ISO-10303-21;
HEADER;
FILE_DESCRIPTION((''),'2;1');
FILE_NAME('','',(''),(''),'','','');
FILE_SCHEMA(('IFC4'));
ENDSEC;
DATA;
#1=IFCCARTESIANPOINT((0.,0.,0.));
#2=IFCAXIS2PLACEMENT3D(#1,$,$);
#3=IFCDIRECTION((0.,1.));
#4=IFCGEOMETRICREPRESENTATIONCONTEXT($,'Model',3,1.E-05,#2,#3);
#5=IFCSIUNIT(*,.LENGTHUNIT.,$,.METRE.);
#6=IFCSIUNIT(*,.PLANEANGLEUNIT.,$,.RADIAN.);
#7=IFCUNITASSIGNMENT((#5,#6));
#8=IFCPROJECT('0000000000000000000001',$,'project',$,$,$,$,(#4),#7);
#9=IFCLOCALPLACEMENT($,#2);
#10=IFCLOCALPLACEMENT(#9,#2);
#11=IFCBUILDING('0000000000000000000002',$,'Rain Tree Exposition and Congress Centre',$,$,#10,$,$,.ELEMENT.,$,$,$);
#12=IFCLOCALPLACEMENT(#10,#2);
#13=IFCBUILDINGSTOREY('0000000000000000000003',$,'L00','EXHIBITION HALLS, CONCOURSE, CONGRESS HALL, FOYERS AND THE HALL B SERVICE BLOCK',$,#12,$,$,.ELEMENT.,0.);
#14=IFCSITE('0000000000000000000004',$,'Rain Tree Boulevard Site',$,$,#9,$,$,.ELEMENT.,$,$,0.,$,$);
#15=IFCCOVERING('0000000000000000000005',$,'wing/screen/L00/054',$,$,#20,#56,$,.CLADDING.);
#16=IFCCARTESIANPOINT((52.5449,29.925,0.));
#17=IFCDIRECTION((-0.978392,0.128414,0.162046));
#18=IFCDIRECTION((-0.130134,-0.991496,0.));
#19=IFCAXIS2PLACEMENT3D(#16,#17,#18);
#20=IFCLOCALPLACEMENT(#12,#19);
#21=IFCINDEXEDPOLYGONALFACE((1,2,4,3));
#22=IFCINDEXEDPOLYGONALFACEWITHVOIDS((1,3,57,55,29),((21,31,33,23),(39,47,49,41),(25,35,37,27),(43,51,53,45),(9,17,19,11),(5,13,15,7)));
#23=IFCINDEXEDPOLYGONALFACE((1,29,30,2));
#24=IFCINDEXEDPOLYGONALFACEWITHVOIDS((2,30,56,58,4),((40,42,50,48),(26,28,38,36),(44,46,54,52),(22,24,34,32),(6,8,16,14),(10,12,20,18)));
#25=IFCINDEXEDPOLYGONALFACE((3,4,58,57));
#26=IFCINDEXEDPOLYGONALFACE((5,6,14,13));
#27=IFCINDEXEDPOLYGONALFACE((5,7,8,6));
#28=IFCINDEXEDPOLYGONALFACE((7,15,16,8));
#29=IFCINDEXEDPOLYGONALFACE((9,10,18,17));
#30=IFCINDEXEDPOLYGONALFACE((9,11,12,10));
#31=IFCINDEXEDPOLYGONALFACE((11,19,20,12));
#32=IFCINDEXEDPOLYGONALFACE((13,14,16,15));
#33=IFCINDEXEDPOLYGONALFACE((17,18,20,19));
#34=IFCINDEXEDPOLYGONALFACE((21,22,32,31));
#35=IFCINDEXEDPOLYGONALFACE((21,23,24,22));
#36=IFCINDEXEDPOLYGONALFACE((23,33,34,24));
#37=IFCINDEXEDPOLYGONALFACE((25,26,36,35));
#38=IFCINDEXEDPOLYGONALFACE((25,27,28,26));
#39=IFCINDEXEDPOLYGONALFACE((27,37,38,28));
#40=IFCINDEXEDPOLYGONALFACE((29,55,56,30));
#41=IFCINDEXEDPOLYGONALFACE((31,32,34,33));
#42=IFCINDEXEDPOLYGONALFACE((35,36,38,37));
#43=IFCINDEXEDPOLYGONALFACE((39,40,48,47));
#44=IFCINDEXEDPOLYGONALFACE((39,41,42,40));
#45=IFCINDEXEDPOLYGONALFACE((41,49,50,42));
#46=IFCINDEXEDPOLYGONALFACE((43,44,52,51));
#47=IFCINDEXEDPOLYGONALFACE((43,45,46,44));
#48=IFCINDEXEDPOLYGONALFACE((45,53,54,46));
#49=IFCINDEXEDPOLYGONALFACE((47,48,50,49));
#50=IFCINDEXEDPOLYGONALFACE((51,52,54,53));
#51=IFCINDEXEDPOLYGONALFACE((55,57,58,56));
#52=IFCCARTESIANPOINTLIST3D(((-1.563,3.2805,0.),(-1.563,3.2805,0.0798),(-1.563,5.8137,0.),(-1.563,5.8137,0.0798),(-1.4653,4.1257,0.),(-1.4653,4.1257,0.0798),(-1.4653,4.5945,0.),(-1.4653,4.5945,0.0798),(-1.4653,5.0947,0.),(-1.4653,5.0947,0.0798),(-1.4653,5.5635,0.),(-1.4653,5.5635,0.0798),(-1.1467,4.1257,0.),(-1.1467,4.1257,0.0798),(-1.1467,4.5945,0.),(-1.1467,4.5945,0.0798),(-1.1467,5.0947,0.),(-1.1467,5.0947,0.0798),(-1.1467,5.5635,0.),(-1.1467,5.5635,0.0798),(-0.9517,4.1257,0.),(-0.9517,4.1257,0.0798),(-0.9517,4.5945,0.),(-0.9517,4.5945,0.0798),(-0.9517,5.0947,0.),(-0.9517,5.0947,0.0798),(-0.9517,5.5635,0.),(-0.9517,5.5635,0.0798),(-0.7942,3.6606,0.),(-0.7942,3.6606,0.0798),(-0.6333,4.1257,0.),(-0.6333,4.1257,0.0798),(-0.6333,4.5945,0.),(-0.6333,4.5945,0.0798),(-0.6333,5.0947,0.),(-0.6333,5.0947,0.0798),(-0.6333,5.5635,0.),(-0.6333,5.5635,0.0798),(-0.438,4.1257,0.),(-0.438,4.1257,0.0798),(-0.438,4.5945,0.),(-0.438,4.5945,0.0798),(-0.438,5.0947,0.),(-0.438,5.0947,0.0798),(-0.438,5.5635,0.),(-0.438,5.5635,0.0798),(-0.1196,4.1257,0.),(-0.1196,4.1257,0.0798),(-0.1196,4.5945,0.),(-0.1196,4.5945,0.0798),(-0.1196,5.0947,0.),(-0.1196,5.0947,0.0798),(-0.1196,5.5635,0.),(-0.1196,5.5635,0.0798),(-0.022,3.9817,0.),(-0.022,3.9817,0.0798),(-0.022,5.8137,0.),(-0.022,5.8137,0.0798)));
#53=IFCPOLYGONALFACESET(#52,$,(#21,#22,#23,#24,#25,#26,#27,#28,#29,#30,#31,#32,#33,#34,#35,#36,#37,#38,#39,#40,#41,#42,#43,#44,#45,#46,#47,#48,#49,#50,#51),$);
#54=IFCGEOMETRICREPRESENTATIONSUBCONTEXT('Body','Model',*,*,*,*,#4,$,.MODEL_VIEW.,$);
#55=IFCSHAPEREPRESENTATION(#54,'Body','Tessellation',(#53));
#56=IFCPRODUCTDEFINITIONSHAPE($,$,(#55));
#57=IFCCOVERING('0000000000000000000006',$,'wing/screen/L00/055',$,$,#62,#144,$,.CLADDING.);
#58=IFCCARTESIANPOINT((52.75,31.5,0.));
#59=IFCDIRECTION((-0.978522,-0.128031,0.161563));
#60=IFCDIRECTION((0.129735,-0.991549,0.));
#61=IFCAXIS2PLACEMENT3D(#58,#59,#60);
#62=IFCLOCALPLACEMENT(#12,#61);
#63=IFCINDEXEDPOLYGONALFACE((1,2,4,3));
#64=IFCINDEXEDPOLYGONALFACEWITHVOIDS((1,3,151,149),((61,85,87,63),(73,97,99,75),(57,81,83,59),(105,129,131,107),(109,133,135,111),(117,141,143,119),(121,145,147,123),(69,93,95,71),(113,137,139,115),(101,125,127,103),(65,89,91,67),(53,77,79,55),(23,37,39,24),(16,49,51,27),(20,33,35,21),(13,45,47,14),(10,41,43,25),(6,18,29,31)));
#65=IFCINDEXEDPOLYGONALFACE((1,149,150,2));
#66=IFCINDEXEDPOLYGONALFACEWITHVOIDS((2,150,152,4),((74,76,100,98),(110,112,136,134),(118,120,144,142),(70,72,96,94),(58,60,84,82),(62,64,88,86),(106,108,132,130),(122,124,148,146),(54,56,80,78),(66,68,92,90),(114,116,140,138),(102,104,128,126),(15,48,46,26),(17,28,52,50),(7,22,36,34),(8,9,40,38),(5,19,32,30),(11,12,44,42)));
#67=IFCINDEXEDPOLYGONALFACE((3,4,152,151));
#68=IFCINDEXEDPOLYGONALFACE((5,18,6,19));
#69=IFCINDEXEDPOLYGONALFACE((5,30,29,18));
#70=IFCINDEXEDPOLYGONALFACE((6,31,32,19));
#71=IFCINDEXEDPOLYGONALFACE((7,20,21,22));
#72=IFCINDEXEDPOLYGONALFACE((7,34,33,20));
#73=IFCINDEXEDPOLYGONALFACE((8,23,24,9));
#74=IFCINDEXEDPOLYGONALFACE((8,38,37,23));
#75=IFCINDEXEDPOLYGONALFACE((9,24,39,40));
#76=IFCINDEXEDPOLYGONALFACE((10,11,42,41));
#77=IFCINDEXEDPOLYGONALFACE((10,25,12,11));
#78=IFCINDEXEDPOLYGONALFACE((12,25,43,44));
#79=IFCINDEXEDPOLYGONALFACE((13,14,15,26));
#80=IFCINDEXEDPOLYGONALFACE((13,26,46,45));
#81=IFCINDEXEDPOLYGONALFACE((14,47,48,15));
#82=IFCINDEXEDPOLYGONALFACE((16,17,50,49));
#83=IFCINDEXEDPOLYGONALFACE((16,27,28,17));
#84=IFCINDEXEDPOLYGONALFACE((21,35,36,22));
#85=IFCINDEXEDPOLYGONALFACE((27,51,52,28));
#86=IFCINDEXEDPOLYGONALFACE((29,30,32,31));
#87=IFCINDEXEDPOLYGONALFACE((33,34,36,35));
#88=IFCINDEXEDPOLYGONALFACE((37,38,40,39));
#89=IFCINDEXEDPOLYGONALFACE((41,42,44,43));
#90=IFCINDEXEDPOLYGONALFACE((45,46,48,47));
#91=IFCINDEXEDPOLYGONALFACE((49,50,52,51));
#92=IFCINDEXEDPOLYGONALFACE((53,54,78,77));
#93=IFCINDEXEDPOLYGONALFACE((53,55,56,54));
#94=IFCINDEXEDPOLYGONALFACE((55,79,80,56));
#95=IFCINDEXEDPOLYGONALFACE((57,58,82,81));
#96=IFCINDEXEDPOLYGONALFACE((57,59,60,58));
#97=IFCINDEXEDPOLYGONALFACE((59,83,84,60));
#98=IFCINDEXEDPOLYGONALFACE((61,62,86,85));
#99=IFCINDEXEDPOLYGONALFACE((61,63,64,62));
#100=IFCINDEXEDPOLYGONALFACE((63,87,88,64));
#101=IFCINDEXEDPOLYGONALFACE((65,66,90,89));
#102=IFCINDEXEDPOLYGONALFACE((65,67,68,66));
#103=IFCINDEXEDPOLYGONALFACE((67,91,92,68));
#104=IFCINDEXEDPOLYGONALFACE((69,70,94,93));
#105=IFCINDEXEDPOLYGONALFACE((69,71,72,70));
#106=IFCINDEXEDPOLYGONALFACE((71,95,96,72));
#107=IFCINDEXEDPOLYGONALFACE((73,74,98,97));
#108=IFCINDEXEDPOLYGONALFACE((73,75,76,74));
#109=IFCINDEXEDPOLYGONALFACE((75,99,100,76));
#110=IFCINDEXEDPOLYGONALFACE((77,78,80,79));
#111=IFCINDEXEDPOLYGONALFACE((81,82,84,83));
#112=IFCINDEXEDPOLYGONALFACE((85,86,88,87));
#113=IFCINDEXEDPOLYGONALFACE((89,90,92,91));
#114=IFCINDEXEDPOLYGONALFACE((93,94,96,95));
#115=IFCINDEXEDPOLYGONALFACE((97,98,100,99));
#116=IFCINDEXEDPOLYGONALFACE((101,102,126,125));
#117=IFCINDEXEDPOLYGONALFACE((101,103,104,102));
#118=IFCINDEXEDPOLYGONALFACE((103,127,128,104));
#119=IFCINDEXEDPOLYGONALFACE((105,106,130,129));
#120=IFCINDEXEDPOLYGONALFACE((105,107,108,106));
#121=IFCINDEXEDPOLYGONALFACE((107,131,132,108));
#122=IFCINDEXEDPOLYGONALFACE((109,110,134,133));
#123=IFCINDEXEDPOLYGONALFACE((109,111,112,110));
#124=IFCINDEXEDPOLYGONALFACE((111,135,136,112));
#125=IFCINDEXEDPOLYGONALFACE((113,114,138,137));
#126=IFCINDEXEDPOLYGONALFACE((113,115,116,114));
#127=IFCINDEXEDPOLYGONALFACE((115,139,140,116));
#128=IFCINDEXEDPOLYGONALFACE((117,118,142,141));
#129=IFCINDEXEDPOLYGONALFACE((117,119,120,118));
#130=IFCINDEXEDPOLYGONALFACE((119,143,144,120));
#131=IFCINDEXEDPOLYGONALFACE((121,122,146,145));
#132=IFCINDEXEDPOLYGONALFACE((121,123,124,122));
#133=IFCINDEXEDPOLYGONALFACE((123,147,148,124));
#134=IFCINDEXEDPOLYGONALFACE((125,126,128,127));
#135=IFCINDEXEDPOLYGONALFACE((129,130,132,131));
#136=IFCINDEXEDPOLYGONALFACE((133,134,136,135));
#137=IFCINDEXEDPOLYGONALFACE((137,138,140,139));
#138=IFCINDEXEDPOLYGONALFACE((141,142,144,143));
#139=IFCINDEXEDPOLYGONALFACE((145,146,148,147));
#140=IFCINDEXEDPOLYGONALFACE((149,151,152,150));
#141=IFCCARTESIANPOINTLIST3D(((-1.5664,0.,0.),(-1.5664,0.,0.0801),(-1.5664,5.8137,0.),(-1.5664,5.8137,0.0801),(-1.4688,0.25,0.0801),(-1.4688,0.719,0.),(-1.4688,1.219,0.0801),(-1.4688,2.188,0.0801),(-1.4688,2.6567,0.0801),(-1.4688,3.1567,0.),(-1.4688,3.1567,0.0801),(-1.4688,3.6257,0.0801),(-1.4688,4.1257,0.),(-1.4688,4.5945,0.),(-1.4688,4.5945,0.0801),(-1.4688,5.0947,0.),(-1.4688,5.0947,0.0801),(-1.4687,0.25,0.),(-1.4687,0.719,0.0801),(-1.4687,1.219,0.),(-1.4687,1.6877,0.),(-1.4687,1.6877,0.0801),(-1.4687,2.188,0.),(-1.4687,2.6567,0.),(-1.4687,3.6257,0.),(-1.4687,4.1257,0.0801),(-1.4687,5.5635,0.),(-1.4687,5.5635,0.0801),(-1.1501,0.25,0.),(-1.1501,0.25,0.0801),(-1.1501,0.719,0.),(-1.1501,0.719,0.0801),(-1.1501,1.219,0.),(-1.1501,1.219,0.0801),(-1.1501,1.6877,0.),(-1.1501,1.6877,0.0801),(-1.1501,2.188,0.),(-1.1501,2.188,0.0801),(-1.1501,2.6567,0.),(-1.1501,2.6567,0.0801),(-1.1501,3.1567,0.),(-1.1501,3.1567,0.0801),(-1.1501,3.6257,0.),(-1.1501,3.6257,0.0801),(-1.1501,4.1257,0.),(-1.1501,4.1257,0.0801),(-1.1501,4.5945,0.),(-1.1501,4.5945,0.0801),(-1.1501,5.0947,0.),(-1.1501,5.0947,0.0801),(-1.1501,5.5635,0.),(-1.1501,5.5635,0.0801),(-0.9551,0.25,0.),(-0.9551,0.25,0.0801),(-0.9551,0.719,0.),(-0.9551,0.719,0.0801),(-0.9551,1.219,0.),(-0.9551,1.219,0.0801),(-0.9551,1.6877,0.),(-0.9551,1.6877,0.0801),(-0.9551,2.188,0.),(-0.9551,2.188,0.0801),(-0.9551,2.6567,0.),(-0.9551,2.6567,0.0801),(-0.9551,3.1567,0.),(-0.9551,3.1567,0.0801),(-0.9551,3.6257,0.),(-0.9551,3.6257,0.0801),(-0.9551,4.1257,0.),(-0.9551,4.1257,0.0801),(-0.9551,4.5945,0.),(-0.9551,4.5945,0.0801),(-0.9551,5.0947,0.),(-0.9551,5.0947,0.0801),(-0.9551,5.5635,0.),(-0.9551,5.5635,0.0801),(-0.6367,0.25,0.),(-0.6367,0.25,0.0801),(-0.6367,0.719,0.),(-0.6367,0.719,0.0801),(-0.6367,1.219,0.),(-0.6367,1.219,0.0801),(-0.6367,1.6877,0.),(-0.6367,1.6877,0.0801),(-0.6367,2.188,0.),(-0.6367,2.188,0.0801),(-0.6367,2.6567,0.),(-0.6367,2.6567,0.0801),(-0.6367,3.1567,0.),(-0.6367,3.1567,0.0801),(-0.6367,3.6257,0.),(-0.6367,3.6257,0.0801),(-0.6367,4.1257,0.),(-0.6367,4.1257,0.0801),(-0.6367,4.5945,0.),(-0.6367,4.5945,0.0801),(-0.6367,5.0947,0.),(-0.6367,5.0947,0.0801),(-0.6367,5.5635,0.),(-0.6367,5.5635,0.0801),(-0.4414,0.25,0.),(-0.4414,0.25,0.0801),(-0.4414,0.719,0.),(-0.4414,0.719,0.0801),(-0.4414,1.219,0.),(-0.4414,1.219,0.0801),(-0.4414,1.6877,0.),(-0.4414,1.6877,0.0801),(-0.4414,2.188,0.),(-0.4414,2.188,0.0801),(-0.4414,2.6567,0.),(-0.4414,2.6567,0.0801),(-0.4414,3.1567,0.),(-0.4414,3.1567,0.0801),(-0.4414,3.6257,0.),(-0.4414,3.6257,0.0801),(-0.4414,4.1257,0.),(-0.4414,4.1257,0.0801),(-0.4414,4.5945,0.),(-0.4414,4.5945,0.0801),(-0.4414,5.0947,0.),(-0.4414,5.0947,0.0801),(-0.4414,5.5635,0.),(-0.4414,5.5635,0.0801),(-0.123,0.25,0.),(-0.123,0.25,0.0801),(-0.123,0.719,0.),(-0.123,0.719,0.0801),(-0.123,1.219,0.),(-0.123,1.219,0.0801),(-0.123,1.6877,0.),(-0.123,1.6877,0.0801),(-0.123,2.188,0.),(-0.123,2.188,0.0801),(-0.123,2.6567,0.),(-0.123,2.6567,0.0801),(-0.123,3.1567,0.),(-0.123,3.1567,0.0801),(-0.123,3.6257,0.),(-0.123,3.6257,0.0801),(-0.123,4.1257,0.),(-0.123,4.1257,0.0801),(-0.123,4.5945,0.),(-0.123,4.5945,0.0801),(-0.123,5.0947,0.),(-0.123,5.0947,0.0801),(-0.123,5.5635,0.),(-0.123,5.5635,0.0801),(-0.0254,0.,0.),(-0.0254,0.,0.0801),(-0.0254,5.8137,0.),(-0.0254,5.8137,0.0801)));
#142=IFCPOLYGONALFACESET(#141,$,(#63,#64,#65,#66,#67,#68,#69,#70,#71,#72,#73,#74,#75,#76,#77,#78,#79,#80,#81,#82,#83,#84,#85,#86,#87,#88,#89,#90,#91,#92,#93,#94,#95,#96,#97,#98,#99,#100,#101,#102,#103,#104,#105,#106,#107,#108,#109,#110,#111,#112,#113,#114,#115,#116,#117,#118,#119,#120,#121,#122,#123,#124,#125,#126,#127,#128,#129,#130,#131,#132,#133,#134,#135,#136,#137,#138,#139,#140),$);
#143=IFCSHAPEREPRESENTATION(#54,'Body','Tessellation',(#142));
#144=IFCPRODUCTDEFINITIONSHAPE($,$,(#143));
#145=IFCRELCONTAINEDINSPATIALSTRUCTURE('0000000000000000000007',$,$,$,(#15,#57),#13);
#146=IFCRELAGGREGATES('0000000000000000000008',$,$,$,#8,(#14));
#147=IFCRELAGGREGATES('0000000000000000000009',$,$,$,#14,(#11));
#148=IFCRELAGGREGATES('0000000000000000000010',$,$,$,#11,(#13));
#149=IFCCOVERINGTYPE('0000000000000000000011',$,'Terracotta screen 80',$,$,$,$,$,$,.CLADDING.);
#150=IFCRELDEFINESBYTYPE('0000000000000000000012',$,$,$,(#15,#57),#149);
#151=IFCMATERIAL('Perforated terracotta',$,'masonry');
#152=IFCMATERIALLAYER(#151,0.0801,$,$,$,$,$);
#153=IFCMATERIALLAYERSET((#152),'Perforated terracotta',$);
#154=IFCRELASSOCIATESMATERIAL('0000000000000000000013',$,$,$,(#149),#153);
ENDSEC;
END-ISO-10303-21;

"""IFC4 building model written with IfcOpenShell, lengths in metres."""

from ifc_helpers import new_model, si_unit, direction, frame, origin, place, context, subcontext, project, spatial, polyline, outline, extrude, material, layer, layer_set, type_object, element, save


model = new_model("IFC4")

# Units and contexts
model_context = context("Model", 3, precision=1e-05, world=origin(), true_north=direction((0.0, 1.0)))
body_context = subcontext(model_context, "Body", "Model", "MODEL_VIEW")
ifc_project = project(units=[si_unit("LENGTHUNIT", "METRE"), si_unit("PLANEANGLEUNIT", "RADIAN")], contexts=[model_context])

# Site, building, storey
site_placement = place(None, origin())
site = spatial("IfcSite", under=ifc_project, at=site_placement, Name="Rain Tree Boulevard Site", CompositionType="ELEMENT", RefElevation=0.0)
building_placement = place(site_placement, origin())
building = spatial("IfcBuilding", under=site, at=building_placement, Name="Rain Tree Exposition and Congress Centre", CompositionType="ELEMENT")
storey_placement = place(building_placement, origin())
storey = spatial("IfcBuildingStorey", under=building, at=storey_placement, Name="L00", Description="EXHIBITION HALLS, CONCOURSE, CONGRESS HALL, FOYERS AND THE HALL B SERVICE BLOCK", CompositionType="ELEMENT", Elevation=0.0)

# Coverings
ifc_material_1 = material(Name="Perforated terracotta", Category="masonry")
ifc_layer = layer(ifc_material_1, 0.0801)
ifc_layer_set = layer_set([ifc_layer], Name="Perforated terracotta")
covering_type = type_object("IfcCoveringType", Name="Terracotta screen 80", PredefinedType="CLADDING", material=ifc_layer_set)
covering_1_placement = place(storey_placement, frame((52.5449, 29.925, 0.0), z_axis=(-0.978392, 0.128414, 0.162046), x_axis=(-0.130134, -0.991496, 0.0)))
element("IfcCovering", 1, at=covering_1_placement, inside=storey, type_object=covering_type, Name="wing/screen/L00/054", PredefinedType="CLADDING", context=body_context, shape_type="SweptSolid", body=[
    extrude(outline(polyline([(-1.563, 5.8137), (-0.022, 5.8137), (-0.022, 3.9817), (-0.7942, 3.6606), (-1.563, 3.2805), (-1.563, 5.8137)]), holes=[polyline([(-0.1196, 4.1257), (-0.1196, 4.5945), (-0.438, 4.5945), (-0.438, 4.1257), (-0.1196, 4.1257)]), polyline([(-0.1196, 5.0947), (-0.1196, 5.5635), (-0.438, 5.5635), (-0.438, 5.0947), (-0.1196, 5.0947)]), polyline([(-0.6333, 4.1257), (-0.6333, 4.5945), (-0.9517, 4.5945), (-0.9517, 4.1257), (-0.6333, 4.1257)]), polyline([(-0.6333, 5.0947), (-0.6333, 5.5635), (-0.9517, 5.5635), (-0.9517, 5.0947), (-0.6333, 5.0947)]), polyline([(-1.1467, 4.1257), (-1.1467, 4.5945), (-1.4653, 4.5945), (-1.4653, 4.1257), (-1.1467, 4.1257)]), polyline([(-1.1467, 5.0947), (-1.1467, 5.5635), (-1.4653, 5.5635), (-1.4653, 5.0947), (-1.1467, 5.0947)])]), origin(), (0.0, 0.0, 1.0), 0.0798),
])
covering_2_placement = place(storey_placement, frame((52.75, 31.5, 0.0), z_axis=(-0.978522, -0.128031, 0.161563), x_axis=(0.129735, -0.991549, 0.0)))
element("IfcCovering", 2, at=covering_2_placement, inside=storey, type_object=covering_type, Name="wing/screen/L00/055", PredefinedType="CLADDING", context=body_context, shape_type="SweptSolid", body=[
    extrude(outline(polyline([(-0.0254, 5.8137), (-0.0254, 0.0), (-1.5664, 0.0), (-1.5664, 5.8137), (-0.0254, 5.8137)]), holes=[polyline([(-0.123, 0.25), (-0.123, 0.719), (-0.4414, 0.719), (-0.4414, 0.25), (-0.123, 0.25)]), polyline([(-0.123, 1.219), (-0.123, 1.6877), (-0.4414, 1.6877), (-0.4414, 1.219), (-0.123, 1.219)]), polyline([(-0.123, 2.188), (-0.123, 2.6567), (-0.4414, 2.6567), (-0.4414, 2.188), (-0.123, 2.188)]), polyline([(-0.123, 3.1567), (-0.123, 3.6257), (-0.4414, 3.6257), (-0.4414, 3.1567), (-0.123, 3.1567)]), polyline([(-0.123, 4.1257), (-0.123, 4.5945), (-0.4414, 4.5945), (-0.4414, 4.1257), (-0.123, 4.1257)]), polyline([(-0.123, 5.0947), (-0.123, 5.5635), (-0.4414, 5.5635), (-0.4414, 5.0947), (-0.123, 5.0947)]), polyline([(-0.6367, 0.25), (-0.6367, 0.719), (-0.9551, 0.719), (-0.9551, 0.25), (-0.6367, 0.25)]), polyline([(-0.6367, 1.219), (-0.6367, 1.6877), (-0.9551, 1.6877), (-0.9551, 1.219), (-0.6367, 1.219)]), polyline([(-0.6367, 2.188), (-0.6367, 2.6567), (-0.9551, 2.6567), (-0.9551, 2.188), (-0.6367, 2.188)]), polyline([(-0.6367, 3.1567), (-0.6367, 3.6257), (-0.9551, 3.6257), (-0.9551, 3.1567), (-0.6367, 3.1567)]), polyline([(-0.6367, 4.1257), (-0.6367, 4.5945), (-0.9551, 4.5945), (-0.9551, 4.1257), (-0.6367, 4.1257)]), polyline([(-0.6367, 5.0947), (-0.6367, 5.5635), (-0.9551, 5.5635), (-0.9551, 5.0947), (-0.6367, 5.0947)]), polyline([(-1.1501, 0.25), (-1.1501, 0.719), (-1.4688, 0.719), (-1.4688, 0.25), (-1.1501, 0.25)]), polyline([(-1.1501, 1.219), (-1.1501, 1.6877), (-1.4688, 1.6877), (-1.4688, 1.219), (-1.1501, 1.219)]), polyline([(-1.1501, 2.188), (-1.1501, 2.6567), (-1.4688, 2.6567), (-1.4688, 2.188), (-1.1501, 2.188)]), polyline([(-1.1501, 3.1567), (-1.1501, 3.6257), (-1.4688, 3.6257), (-1.4688, 3.1567), (-1.1501, 3.1567)]), polyline([(-1.1501, 4.1257), (-1.1501, 4.5945), (-1.4688, 4.5945), (-1.4688, 4.1257), (-1.1501, 4.1257)]), polyline([(-1.1501, 5.0947), (-1.1501, 5.5635), (-1.4688, 5.5635), (-1.4688, 5.0947), (-1.1501, 5.0947)])]), origin(), (0.0, 0.0, 1.0), 0.0801),
])

save(model, "model.ifc")
